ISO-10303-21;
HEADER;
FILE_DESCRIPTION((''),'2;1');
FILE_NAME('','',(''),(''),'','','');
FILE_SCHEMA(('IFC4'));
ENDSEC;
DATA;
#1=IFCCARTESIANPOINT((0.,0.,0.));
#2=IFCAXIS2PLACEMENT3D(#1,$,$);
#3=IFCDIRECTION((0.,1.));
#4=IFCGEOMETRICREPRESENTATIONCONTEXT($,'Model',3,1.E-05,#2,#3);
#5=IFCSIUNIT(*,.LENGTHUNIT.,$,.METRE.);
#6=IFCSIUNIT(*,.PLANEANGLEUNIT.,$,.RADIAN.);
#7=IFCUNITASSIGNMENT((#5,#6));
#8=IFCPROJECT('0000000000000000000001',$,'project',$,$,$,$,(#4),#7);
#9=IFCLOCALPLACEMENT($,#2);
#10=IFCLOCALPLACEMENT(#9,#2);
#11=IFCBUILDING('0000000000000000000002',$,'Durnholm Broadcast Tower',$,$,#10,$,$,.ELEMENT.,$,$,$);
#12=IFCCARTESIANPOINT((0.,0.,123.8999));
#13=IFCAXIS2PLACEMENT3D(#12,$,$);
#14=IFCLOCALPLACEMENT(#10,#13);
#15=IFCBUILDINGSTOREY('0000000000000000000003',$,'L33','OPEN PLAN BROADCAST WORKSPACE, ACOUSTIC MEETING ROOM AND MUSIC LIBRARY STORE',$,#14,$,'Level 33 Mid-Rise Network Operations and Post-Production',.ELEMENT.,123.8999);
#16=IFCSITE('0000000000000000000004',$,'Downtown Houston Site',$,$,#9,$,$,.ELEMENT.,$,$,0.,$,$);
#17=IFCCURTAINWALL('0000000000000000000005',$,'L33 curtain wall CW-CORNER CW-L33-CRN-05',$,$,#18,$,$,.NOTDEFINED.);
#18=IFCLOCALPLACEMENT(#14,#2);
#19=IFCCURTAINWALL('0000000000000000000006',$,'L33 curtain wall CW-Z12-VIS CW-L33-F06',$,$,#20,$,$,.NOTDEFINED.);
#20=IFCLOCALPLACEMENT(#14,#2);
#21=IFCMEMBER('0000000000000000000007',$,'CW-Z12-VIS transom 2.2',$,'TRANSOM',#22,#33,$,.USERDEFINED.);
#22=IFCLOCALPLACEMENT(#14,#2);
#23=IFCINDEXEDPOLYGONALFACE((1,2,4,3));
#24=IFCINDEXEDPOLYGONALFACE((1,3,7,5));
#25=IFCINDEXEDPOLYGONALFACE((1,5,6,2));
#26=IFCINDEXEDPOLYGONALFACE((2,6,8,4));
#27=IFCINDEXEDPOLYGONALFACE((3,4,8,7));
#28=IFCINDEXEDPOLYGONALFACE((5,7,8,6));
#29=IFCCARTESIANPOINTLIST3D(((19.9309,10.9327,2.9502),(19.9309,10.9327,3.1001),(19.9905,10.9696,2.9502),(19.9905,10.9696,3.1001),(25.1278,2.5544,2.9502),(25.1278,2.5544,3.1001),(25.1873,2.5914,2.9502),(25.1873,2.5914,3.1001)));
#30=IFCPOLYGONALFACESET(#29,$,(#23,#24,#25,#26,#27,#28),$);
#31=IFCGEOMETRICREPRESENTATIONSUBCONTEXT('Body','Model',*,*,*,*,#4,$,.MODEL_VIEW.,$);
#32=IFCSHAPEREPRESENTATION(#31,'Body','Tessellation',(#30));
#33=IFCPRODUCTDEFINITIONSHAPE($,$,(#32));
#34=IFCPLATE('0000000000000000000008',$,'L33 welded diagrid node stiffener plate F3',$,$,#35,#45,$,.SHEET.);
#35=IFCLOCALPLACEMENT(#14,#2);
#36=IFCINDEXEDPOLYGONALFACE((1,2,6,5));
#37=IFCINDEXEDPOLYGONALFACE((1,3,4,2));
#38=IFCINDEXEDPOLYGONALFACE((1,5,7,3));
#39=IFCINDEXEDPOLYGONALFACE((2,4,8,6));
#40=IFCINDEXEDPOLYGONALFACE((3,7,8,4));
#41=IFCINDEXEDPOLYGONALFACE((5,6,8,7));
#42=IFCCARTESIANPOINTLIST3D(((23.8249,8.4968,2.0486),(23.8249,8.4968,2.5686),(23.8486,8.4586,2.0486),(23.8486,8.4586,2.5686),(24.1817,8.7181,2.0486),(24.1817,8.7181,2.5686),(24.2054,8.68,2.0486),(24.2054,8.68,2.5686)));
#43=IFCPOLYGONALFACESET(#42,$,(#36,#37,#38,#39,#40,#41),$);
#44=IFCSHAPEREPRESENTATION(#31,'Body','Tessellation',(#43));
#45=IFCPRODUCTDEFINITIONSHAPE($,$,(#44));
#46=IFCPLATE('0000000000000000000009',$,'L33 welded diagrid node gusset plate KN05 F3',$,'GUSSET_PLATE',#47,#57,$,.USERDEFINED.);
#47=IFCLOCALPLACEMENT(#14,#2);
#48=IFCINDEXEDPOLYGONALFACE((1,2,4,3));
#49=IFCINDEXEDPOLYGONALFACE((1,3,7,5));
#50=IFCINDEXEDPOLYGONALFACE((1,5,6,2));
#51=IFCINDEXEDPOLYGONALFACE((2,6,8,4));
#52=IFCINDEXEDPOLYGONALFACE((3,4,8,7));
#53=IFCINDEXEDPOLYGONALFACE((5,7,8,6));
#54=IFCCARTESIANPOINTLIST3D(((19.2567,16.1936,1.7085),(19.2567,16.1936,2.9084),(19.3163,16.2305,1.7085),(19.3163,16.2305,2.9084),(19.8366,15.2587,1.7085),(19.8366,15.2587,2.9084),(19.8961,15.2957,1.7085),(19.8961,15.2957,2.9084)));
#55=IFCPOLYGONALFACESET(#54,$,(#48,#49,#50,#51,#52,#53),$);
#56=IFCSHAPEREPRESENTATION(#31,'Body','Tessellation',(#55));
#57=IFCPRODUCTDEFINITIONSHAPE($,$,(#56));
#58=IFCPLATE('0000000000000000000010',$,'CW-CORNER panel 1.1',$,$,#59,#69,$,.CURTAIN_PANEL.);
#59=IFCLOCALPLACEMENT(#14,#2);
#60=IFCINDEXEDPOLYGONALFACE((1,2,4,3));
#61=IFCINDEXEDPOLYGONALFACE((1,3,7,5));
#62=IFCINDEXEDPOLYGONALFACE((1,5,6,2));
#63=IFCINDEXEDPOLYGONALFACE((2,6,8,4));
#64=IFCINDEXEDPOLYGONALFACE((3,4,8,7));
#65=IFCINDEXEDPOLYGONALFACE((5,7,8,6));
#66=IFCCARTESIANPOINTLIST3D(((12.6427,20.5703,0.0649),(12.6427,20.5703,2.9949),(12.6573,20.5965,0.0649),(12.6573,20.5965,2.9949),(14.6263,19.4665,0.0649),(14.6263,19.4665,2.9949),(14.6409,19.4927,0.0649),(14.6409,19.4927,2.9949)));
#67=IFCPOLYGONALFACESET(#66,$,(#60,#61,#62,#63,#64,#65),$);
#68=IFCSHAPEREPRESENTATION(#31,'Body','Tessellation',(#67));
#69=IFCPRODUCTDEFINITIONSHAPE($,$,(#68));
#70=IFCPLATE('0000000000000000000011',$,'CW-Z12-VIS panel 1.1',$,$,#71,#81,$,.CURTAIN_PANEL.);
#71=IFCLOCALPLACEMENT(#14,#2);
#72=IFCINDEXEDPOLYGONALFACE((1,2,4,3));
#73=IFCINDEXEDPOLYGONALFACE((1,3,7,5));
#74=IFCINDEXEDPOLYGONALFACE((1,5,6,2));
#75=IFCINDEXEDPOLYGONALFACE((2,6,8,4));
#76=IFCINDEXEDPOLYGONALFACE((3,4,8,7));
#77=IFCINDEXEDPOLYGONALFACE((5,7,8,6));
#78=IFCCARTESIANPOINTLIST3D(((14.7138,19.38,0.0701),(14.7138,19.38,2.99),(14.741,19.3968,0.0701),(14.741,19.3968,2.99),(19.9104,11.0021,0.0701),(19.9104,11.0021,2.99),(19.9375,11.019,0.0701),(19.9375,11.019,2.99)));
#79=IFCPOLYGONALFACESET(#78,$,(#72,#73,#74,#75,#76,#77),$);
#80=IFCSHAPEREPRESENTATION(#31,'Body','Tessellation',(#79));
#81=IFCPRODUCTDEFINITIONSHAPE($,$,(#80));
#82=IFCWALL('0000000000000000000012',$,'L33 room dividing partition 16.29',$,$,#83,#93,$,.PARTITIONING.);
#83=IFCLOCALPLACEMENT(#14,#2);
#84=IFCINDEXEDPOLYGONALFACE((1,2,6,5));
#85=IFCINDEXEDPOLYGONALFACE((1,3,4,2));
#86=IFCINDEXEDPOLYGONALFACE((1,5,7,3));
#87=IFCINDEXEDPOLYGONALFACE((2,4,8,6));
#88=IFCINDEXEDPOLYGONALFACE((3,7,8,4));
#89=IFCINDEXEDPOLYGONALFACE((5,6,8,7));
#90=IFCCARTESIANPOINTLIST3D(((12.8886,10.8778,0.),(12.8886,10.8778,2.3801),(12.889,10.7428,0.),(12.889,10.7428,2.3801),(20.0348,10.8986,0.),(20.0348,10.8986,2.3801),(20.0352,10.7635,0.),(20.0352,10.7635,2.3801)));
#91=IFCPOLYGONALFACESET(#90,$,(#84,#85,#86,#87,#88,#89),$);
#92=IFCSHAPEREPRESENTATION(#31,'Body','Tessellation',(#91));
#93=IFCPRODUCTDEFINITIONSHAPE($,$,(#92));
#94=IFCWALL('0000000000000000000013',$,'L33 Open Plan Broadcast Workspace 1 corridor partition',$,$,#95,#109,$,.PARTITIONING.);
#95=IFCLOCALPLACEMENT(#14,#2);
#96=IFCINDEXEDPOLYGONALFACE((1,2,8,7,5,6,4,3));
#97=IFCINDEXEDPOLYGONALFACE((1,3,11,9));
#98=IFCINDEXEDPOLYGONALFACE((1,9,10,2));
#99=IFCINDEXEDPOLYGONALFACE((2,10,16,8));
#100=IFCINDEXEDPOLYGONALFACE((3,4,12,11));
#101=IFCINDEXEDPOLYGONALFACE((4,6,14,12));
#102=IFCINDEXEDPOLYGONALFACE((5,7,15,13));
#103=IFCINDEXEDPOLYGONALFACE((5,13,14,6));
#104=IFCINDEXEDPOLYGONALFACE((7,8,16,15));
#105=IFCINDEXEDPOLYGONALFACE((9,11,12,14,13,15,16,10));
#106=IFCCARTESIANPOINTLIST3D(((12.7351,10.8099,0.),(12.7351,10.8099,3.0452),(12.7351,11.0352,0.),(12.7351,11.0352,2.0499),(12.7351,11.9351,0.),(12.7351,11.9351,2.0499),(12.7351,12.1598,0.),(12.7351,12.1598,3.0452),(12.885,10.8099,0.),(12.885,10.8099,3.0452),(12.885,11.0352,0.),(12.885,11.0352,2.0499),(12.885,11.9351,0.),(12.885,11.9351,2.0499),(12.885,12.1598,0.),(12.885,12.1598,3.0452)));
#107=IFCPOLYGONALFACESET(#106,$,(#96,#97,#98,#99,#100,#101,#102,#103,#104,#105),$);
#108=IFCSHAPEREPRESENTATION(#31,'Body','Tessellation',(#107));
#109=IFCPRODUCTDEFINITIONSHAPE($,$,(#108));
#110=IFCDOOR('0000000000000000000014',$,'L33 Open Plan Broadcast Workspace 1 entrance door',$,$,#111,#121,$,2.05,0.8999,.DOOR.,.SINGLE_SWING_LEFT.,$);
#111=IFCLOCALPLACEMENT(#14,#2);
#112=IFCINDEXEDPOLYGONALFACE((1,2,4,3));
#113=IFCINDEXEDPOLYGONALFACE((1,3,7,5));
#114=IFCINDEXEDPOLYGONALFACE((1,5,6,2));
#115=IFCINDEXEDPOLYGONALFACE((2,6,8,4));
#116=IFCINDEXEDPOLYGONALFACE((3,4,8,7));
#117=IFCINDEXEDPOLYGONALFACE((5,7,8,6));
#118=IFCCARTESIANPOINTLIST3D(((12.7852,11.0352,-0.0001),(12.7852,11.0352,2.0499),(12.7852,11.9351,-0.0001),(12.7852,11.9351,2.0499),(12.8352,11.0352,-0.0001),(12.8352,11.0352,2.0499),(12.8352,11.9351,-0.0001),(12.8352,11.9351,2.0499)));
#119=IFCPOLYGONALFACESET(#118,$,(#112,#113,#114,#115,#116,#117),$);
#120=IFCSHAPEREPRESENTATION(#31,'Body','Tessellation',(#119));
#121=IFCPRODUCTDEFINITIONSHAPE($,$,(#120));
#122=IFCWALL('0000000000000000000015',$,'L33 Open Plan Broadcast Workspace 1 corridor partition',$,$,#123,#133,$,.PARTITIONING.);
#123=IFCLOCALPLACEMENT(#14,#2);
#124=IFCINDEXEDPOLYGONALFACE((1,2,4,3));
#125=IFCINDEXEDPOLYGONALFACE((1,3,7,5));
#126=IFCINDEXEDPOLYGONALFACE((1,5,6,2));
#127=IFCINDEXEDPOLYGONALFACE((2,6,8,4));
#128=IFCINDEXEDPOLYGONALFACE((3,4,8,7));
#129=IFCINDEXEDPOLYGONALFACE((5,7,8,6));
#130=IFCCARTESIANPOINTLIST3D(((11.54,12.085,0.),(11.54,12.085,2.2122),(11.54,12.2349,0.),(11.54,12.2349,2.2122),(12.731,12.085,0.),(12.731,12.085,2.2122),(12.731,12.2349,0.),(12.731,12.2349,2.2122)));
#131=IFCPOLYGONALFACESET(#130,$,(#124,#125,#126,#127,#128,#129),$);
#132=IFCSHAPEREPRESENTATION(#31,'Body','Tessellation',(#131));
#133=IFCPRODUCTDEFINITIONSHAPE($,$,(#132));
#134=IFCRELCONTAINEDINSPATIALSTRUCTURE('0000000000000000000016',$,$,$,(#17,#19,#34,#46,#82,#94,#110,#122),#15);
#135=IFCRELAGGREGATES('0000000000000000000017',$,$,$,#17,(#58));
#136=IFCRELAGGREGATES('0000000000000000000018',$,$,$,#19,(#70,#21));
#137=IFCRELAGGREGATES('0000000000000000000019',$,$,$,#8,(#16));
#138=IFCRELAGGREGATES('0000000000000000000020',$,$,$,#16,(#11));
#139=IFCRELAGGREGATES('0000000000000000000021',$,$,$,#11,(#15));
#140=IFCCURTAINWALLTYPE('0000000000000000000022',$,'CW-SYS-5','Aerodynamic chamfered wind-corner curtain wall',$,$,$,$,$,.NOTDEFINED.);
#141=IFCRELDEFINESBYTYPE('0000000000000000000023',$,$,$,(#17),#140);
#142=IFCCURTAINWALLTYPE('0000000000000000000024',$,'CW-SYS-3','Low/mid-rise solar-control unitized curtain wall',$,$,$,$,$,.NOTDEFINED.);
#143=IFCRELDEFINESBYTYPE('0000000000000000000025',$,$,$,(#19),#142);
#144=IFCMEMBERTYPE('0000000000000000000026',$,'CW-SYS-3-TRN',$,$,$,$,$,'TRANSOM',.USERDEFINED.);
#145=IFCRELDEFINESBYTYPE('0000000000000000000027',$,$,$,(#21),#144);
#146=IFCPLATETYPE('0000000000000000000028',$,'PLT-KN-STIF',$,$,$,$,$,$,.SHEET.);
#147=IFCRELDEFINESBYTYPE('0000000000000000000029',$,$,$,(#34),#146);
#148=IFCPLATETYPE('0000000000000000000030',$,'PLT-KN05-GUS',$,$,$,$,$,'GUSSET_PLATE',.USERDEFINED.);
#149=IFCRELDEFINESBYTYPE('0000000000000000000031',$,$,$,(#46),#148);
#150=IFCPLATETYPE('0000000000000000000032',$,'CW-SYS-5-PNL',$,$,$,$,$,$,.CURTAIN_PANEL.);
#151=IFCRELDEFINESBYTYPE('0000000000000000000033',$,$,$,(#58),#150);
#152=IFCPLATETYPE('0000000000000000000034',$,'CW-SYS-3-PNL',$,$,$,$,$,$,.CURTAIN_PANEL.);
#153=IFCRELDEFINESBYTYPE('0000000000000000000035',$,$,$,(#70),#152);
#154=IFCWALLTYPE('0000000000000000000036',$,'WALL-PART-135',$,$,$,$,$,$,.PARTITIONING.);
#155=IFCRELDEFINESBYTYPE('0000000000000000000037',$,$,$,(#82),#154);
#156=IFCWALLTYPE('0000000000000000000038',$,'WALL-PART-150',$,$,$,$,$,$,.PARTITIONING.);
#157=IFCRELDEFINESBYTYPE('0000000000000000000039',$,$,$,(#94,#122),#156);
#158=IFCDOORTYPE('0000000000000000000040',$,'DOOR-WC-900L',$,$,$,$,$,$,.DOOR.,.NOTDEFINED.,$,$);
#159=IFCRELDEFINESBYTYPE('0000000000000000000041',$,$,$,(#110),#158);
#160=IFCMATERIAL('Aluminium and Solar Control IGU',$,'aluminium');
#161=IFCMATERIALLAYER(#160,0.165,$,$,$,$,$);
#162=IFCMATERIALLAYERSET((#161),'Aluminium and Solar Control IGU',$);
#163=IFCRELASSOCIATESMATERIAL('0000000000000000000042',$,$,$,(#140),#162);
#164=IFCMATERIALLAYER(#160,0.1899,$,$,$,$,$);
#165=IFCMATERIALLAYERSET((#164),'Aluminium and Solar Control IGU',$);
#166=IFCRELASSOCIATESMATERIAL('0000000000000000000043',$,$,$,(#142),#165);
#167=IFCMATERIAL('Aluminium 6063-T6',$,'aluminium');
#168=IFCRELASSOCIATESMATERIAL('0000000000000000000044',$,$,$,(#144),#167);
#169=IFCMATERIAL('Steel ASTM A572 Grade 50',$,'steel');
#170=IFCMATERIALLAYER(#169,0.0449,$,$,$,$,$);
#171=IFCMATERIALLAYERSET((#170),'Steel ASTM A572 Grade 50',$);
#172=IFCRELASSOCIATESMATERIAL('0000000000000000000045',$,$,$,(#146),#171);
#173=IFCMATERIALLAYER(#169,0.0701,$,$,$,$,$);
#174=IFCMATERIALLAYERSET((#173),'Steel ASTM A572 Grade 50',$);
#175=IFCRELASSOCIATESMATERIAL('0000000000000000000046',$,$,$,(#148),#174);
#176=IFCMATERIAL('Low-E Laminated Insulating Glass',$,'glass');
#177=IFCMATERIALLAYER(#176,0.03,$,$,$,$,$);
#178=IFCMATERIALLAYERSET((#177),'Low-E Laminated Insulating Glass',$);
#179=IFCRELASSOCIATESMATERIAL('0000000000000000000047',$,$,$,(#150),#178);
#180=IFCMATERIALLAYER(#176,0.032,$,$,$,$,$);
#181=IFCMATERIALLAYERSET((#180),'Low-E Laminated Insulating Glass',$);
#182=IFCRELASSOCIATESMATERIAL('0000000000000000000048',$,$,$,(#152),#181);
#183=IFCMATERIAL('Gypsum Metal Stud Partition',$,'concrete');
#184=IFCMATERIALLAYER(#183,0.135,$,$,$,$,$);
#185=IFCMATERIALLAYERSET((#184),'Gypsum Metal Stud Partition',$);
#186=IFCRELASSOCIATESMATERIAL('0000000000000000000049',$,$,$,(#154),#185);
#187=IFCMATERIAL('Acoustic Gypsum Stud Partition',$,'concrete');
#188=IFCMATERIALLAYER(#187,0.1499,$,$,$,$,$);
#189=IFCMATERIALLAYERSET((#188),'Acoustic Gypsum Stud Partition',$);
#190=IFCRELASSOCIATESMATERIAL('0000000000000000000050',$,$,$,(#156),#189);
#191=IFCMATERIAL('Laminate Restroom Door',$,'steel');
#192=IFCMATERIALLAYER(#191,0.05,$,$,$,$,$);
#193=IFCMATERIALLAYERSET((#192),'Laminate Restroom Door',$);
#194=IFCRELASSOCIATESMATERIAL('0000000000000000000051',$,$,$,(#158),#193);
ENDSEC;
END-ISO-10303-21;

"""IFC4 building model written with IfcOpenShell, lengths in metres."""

from ifc_helpers import new_model, si_unit, direction, frame, frame_2d, origin, origin_2d, place, context, subcontext, project, spatial, rectangle, extrude, source, transform, mapped, material, layer, layer_set, material_profile, profile_set, type_object, type_shapes, element, fill, aggregate, save


model = new_model("IFC4")

# Units and contexts
model_context = context("Model", 3, precision=1e-05, world=origin(), true_north=direction((0.0, 1.0)))
body_context = subcontext(model_context, "Body", "Model", "MODEL_VIEW")
ifc_project = project(units=[si_unit("LENGTHUNIT", "METRE"), si_unit("PLANEANGLEUNIT", "RADIAN")], contexts=[model_context])

# Site, building, storey
site_placement = place(None, origin())
site = spatial("IfcSite", under=ifc_project, at=site_placement, Name="Downtown Houston Site", CompositionType="ELEMENT", RefElevation=0.0)
building_placement = place(site_placement, origin())
building = spatial("IfcBuilding", under=site, at=building_placement, Name="Durnholm Broadcast Tower", CompositionType="ELEMENT")
storey_placement = place(building_placement, frame((0.0, 0.0, 123.8999)))
storey = spatial("IfcBuildingStorey", under=building, at=storey_placement, Name="L33", Description="OPEN PLAN BROADCAST WORKSPACE, ACOUSTIC MEETING ROOM AND MUSIC LIBRARY STORE", LongName="Level 33 Mid-Rise Network Operations and Post-Production", CompositionType="ELEMENT", Elevation=123.8999)

# Curtain wall
ifc_material_1 = material(Name="Aluminium and Solar Control IGU", Category="aluminium")
ifc_layer_1 = layer(ifc_material_1, 0.165)
ifc_layer_set_1 = layer_set([ifc_layer_1], Name="Aluminium and Solar Control IGU")
curtain_wall_type_1 = type_object("IfcCurtainWallType", Name="CW-SYS-5", Description="Aerodynamic chamfered wind-corner curtain wall", PredefinedType="NOTDEFINED", material=ifc_layer_set_1)
curtain_wall_1_placement = place(storey_placement, origin())
curtain_wall_1 = element("IfcCurtainWall", 1, at=curtain_wall_1_placement, inside=storey, type_object=curtain_wall_type_1, Name="L33 curtain wall CW-CORNER CW-L33-CRN-05", PredefinedType="NOTDEFINED")
ifc_material_2 = material(Name="Aluminium 6063-T6", Category="aluminium")

# Curtain wall, member
ifc_layer_2 = layer(ifc_material_1, 0.1899)
ifc_layer_set_2 = layer_set([ifc_layer_2], Name="Aluminium and Solar Control IGU")
curtain_wall_type_2 = type_object("IfcCurtainWallType", Name="CW-SYS-3", Description="Low/mid-rise solar-control unitized curtain wall", PredefinedType="NOTDEFINED", material=ifc_layer_set_2)
curtain_wall_2_placement = place(storey_placement, origin())
curtain_wall_2 = element("IfcCurtainWall", 2, at=curtain_wall_2_placement, inside=storey, type_object=curtain_wall_type_2, Name="L33 curtain wall CW-Z12-VIS CW-L33-F06", PredefinedType="NOTDEFINED")
ifc_material_profile_1 = material_profile(ifc_material_2, rectangle(XDim=0.0701, YDim=0.1499, at=origin_2d()), Name="CWT70X150")
ifc_profile_set_1 = profile_set([ifc_material_profile_1], Name="Aluminium 6063-T6")
member_type_1 = type_object("IfcMemberType", Name="CW-SYS-3-TRN", ElementType="TRANSOM", PredefinedType="USERDEFINED", material=ifc_profile_set_1)
shared_shape_1 = source(origin(), body_context, "Body", "SweptSolid", [
    extrude(rectangle(XDim=0.0701, YDim=0.1499, at=origin_2d()), origin(), (0.0, 0.0, 1.0), 9.8591),
])
member_1_placement = place(storey_placement, frame((19.9607, 10.9512, 3.0251), z_axis=(0.527109, -0.849798, 0.0), x_axis=(0.849798, 0.527109, 0.0)))
member_1 = element("IfcMember", 3, at=member_1_placement, type_object=member_type_1, Name="CW-Z12-VIS transom 2.2", ObjectType="TRANSOM", PredefinedType="USERDEFINED", context=body_context, shape_type="MappedRepresentation", body=[
    mapped(shared_shape_1, transform((0.0, 0.0, 0.0), x_axis=(1.0, 0.0, 0.0), y_axis=(0.0, 1.0, 0.0), z_axis=(0.0, 0.0, 1.0), scale=1.0)),
])

# Plates
ifc_material_3 = material(Name="Steel ASTM A572 Grade 50", Category="steel")
ifc_layer_3 = layer(ifc_material_3, 0.0449)
ifc_layer_set_3 = layer_set([ifc_layer_3], Name="Steel ASTM A572 Grade 50")
plate_type_1 = type_object("IfcPlateType", Name="PLT-KN-STIF", PredefinedType="SHEET", material=ifc_layer_set_3)
shared_shape_2 = source(origin(), body_context, "Body", "SweptSolid", [
    extrude(rectangle(XDim=0.0449, YDim=0.4199, at=origin_2d()), origin(), (0.0, 0.0, 1.0), 0.52),
])
type_shapes(plate_type_1, [shared_shape_2])
plate_1_placement = place(storey_placement, frame((24.0151, 8.5884, 2.0486), z_axis=(0.0, 0.0, 1.0), x_axis=(-0.527104, 0.849801, 0.0)))
element("IfcPlate", 4, at=plate_1_placement, inside=storey, type_object=plate_type_1, Name="L33 welded diagrid node stiffener plate F3", PredefinedType="SHEET", context=body_context, shape_type="MappedRepresentation", body=[
    mapped(shared_shape_2, transform((0.0, 0.0, 0.0), x_axis=(1.0, 0.0, 0.0), y_axis=(0.0, 1.0, 0.0), z_axis=(0.0, 0.0, 1.0), scale=1.0)),
])
ifc_layer_4 = layer(ifc_material_3, 0.0701)
ifc_layer_set_4 = layer_set([ifc_layer_4], Name="Steel ASTM A572 Grade 50")
plate_type_2 = type_object("IfcPlateType", Name="PLT-KN05-GUS", ElementType="GUSSET_PLATE", PredefinedType="USERDEFINED", material=ifc_layer_set_4)
shared_shape_3 = source(origin(), body_context, "Body", "SweptSolid", [
    extrude(rectangle(XDim=1.1001, YDim=0.0701, at=origin_2d()), origin(), (0.0, 0.0, 1.0), 1.2),
])
type_shapes(plate_type_2, [shared_shape_3])
plate_2_placement = place(storey_placement, frame((19.5764, 15.7446, 1.7085), z_axis=(0.0, 0.0, 1.0), x_axis=(-0.527104, 0.849801, 0.0)))
element("IfcPlate", 5, at=plate_2_placement, inside=storey, type_object=plate_type_2, Name="L33 welded diagrid node gusset plate KN05 F3", ObjectType="GUSSET_PLATE", PredefinedType="USERDEFINED", context=body_context, shape_type="MappedRepresentation", body=[
    mapped(shared_shape_3, transform((0.0, 0.0, 0.0), x_axis=(1.0, 0.0, 0.0), y_axis=(0.0, 1.0, 0.0), z_axis=(0.0, 0.0, 1.0), scale=1.0)),
])

# Plates
ifc_material_4 = material(Name="Low-E Laminated Insulating Glass", Category="glass")
ifc_layer_5 = layer(ifc_material_4, 0.03)
ifc_layer_set_5 = layer_set([ifc_layer_5], Name="Low-E Laminated Insulating Glass")
plate_type_3 = type_object("IfcPlateType", Name="CW-SYS-5-PNL", PredefinedType="CURTAIN_PANEL", material=ifc_layer_set_5)
shared_shape_4 = source(origin(), body_context, "Body", "SweptSolid", [
    extrude(rectangle(XDim=2.27, YDim=0.03, at=origin_2d()), origin(), (0.0, 0.0, 1.0), 2.9299),
])
type_shapes(plate_type_3, [shared_shape_4])
plate_3_placement = place(storey_placement, frame((13.6418, 20.0315, 0.0649), z_axis=(0.0, 0.0, 1.0), x_axis=(0.873823, -0.486244, 0.0)))
plate_3 = element("IfcPlate", 6, at=plate_3_placement, type_object=plate_type_3, Name="CW-CORNER panel 1.1", PredefinedType="CURTAIN_PANEL", context=body_context, shape_type="MappedRepresentation", body=[
    mapped(shared_shape_4, transform((0.0, 0.0, 0.0), x_axis=(1.0, 0.0, 0.0), y_axis=(0.0, 1.0, 0.0), z_axis=(0.0, 0.0, 1.0), scale=1.0)),
])
aggregate(curtain_wall_1, [plate_3])
ifc_layer_6 = layer(ifc_material_4, 0.032)
ifc_layer_set_6 = layer_set([ifc_layer_6], Name="Low-E Laminated Insulating Glass")
plate_type_4 = type_object("IfcPlateType", Name="CW-SYS-3-PNL", PredefinedType="CURTAIN_PANEL", material=ifc_layer_set_6)
shared_shape_5 = source(origin(), body_context, "Body", "SweptSolid", [
    extrude(rectangle(XDim=9.8586, YDim=0.032, at=origin_2d()), origin(), (0.0, 0.0, 1.0), 2.9199),
])
type_shapes(plate_type_4, [shared_shape_5])
plate_4_placement = place(storey_placement, frame((17.3257, 15.1995, 0.0701), z_axis=(0.0, 0.0, 1.0), x_axis=(0.527105, -0.8498, 0.0)))
plate_4 = element("IfcPlate", 7, at=plate_4_placement, type_object=plate_type_4, Name="CW-Z12-VIS panel 1.1", PredefinedType="CURTAIN_PANEL", context=body_context, shape_type="MappedRepresentation", body=[
    mapped(shared_shape_5, transform((0.0, 0.0, 0.0), x_axis=(1.0, 0.0, 0.0), y_axis=(0.0, 1.0, 0.0), z_axis=(0.0, 0.0, 1.0), scale=1.0)),
])
aggregate(curtain_wall_2, [plate_4, member_1])

# Wall
ifc_material_5 = material(Name="Gypsum Metal Stud Partition", Category="concrete")
ifc_layer_7 = layer(ifc_material_5, 0.135)
ifc_layer_set_7 = layer_set([ifc_layer_7], Name="Gypsum Metal Stud Partition")
wall_type_1 = type_object("IfcWallType", Name="WALL-PART-135", PredefinedType="PARTITIONING", material=ifc_layer_set_7)
wall_1_placement = place(storey_placement, frame((20.0352, 10.8311, 0.0), z_axis=(0.0, 0.0, 1.0), x_axis=(-0.999996, -0.002904, 0.0)))
element("IfcWall", 8, at=wall_1_placement, inside=storey, type_object=wall_type_1, Name="L33 room dividing partition 16.29", PredefinedType="PARTITIONING", context=body_context, shape_type="SweptSolid", body=[
    extrude(rectangle(XDim=7.1462, YDim=0.135, at=frame_2d((3.5732, 0.0))), origin(), (0.0, 0.0, 1.0), 2.3801),
])

# Wall, opening, door
ifc_material_6 = material(Name="Acoustic Gypsum Stud Partition", Category="concrete")
ifc_layer_8 = layer(ifc_material_6, 0.1499)
ifc_layer_set_8 = layer_set([ifc_layer_8], Name="Acoustic Gypsum Stud Partition")
wall_type_2 = type_object("IfcWallType", Name="WALL-PART-150", PredefinedType="PARTITIONING", material=ifc_layer_set_8)
wall_2_placement = place(storey_placement, frame((12.8101, 10.8101, 0.0), z_axis=(0.0, 0.0, 1.0), x_axis=(0.0, 1.0, 0.0)))
wall_2 = element("IfcWall", 9, at=wall_2_placement, inside=storey, type_object=wall_type_2, Name="L33 Open Plan Broadcast Workspace 1 corridor partition", PredefinedType="PARTITIONING", context=body_context, shape_type="SweptSolid", body=[
    extrude(rectangle(XDim=1.3499, YDim=0.1499, at=frame_2d((0.6748, 0.0))), origin(), (0.0, 0.0, 1.0), 3.0452),
])
opening_placement = place(wall_2_placement, frame((0.2251, 0.0, 0.0)))
opening = element("IfcOpeningElement", 10, at=opening_placement, cuts=wall_2, PredefinedType="OPENING", context=body_context, shape_type="SweptSolid", body=[
    extrude(rectangle(XDim=0.8999, YDim=2.05, at=frame_2d((0.45, 1.0249))), frame((0.0, 0.085, 0.0), z_axis=(0.0, -1.0, 0.0), x_axis=(1.0, 0.0, 0.0)), (0.0, 0.0, 1.0), 0.1699),
])
ifc_material_7 = material(Name="Laminate Restroom Door", Category="steel")
ifc_layer_9 = layer(ifc_material_7, 0.05)
ifc_layer_set_9 = layer_set([ifc_layer_9], Name="Laminate Restroom Door")
door_type = type_object("IfcDoorType", Name="DOOR-WC-900L", OperationType="NOTDEFINED", PredefinedType="DOOR", material=ifc_layer_set_9)
shared_shape_6 = source(origin(), body_context, "Body", "SweptSolid", [
    extrude(rectangle(XDim=0.8999, YDim=2.05, at=frame_2d((0.45, 1.0249))), frame((0.0, 0.0249, 0.0), z_axis=(0.0, -1.0, 0.0), x_axis=(1.0, 0.0, 0.0)), (0.0, 0.0, 1.0), 0.05),
])
type_shapes(door_type, [shared_shape_6])
door_placement = place(opening_placement, origin())
door = element("IfcDoor", 11, at=door_placement, inside=storey, type_object=door_type, Name="L33 Open Plan Broadcast Workspace 1 entrance door", OperationType="SINGLE_SWING_LEFT", OverallHeight=2.05, OverallWidth=0.8999, PredefinedType="DOOR", context=body_context, shape_type="MappedRepresentation", body=[
    mapped(shared_shape_6, transform((0.0, 0.0, 0.0), x_axis=(1.0, 0.0, 0.0), y_axis=(0.0, 1.0, 0.0), z_axis=(0.0, 0.0, 1.0), scale=1.0)),
])
fill(opening, door)

# Wall
wall_3_placement = place(storey_placement, frame((12.731, 12.1599, 0.0), z_axis=(0.0, 0.0, 1.0), x_axis=(-1.0, 0.0, 0.0)))
element("IfcWall", 12, at=wall_3_placement, inside=storey, type_object=wall_type_2, Name="L33 Open Plan Broadcast Workspace 1 corridor partition", PredefinedType="PARTITIONING", context=body_context, shape_type="SweptSolid", body=[
    extrude(rectangle(XDim=1.1909, YDim=0.1499, at=frame_2d((0.5955, 0.0))), origin(), (0.0, 0.0, 1.0), 2.2122),
])

save(model, "model.ifc")
